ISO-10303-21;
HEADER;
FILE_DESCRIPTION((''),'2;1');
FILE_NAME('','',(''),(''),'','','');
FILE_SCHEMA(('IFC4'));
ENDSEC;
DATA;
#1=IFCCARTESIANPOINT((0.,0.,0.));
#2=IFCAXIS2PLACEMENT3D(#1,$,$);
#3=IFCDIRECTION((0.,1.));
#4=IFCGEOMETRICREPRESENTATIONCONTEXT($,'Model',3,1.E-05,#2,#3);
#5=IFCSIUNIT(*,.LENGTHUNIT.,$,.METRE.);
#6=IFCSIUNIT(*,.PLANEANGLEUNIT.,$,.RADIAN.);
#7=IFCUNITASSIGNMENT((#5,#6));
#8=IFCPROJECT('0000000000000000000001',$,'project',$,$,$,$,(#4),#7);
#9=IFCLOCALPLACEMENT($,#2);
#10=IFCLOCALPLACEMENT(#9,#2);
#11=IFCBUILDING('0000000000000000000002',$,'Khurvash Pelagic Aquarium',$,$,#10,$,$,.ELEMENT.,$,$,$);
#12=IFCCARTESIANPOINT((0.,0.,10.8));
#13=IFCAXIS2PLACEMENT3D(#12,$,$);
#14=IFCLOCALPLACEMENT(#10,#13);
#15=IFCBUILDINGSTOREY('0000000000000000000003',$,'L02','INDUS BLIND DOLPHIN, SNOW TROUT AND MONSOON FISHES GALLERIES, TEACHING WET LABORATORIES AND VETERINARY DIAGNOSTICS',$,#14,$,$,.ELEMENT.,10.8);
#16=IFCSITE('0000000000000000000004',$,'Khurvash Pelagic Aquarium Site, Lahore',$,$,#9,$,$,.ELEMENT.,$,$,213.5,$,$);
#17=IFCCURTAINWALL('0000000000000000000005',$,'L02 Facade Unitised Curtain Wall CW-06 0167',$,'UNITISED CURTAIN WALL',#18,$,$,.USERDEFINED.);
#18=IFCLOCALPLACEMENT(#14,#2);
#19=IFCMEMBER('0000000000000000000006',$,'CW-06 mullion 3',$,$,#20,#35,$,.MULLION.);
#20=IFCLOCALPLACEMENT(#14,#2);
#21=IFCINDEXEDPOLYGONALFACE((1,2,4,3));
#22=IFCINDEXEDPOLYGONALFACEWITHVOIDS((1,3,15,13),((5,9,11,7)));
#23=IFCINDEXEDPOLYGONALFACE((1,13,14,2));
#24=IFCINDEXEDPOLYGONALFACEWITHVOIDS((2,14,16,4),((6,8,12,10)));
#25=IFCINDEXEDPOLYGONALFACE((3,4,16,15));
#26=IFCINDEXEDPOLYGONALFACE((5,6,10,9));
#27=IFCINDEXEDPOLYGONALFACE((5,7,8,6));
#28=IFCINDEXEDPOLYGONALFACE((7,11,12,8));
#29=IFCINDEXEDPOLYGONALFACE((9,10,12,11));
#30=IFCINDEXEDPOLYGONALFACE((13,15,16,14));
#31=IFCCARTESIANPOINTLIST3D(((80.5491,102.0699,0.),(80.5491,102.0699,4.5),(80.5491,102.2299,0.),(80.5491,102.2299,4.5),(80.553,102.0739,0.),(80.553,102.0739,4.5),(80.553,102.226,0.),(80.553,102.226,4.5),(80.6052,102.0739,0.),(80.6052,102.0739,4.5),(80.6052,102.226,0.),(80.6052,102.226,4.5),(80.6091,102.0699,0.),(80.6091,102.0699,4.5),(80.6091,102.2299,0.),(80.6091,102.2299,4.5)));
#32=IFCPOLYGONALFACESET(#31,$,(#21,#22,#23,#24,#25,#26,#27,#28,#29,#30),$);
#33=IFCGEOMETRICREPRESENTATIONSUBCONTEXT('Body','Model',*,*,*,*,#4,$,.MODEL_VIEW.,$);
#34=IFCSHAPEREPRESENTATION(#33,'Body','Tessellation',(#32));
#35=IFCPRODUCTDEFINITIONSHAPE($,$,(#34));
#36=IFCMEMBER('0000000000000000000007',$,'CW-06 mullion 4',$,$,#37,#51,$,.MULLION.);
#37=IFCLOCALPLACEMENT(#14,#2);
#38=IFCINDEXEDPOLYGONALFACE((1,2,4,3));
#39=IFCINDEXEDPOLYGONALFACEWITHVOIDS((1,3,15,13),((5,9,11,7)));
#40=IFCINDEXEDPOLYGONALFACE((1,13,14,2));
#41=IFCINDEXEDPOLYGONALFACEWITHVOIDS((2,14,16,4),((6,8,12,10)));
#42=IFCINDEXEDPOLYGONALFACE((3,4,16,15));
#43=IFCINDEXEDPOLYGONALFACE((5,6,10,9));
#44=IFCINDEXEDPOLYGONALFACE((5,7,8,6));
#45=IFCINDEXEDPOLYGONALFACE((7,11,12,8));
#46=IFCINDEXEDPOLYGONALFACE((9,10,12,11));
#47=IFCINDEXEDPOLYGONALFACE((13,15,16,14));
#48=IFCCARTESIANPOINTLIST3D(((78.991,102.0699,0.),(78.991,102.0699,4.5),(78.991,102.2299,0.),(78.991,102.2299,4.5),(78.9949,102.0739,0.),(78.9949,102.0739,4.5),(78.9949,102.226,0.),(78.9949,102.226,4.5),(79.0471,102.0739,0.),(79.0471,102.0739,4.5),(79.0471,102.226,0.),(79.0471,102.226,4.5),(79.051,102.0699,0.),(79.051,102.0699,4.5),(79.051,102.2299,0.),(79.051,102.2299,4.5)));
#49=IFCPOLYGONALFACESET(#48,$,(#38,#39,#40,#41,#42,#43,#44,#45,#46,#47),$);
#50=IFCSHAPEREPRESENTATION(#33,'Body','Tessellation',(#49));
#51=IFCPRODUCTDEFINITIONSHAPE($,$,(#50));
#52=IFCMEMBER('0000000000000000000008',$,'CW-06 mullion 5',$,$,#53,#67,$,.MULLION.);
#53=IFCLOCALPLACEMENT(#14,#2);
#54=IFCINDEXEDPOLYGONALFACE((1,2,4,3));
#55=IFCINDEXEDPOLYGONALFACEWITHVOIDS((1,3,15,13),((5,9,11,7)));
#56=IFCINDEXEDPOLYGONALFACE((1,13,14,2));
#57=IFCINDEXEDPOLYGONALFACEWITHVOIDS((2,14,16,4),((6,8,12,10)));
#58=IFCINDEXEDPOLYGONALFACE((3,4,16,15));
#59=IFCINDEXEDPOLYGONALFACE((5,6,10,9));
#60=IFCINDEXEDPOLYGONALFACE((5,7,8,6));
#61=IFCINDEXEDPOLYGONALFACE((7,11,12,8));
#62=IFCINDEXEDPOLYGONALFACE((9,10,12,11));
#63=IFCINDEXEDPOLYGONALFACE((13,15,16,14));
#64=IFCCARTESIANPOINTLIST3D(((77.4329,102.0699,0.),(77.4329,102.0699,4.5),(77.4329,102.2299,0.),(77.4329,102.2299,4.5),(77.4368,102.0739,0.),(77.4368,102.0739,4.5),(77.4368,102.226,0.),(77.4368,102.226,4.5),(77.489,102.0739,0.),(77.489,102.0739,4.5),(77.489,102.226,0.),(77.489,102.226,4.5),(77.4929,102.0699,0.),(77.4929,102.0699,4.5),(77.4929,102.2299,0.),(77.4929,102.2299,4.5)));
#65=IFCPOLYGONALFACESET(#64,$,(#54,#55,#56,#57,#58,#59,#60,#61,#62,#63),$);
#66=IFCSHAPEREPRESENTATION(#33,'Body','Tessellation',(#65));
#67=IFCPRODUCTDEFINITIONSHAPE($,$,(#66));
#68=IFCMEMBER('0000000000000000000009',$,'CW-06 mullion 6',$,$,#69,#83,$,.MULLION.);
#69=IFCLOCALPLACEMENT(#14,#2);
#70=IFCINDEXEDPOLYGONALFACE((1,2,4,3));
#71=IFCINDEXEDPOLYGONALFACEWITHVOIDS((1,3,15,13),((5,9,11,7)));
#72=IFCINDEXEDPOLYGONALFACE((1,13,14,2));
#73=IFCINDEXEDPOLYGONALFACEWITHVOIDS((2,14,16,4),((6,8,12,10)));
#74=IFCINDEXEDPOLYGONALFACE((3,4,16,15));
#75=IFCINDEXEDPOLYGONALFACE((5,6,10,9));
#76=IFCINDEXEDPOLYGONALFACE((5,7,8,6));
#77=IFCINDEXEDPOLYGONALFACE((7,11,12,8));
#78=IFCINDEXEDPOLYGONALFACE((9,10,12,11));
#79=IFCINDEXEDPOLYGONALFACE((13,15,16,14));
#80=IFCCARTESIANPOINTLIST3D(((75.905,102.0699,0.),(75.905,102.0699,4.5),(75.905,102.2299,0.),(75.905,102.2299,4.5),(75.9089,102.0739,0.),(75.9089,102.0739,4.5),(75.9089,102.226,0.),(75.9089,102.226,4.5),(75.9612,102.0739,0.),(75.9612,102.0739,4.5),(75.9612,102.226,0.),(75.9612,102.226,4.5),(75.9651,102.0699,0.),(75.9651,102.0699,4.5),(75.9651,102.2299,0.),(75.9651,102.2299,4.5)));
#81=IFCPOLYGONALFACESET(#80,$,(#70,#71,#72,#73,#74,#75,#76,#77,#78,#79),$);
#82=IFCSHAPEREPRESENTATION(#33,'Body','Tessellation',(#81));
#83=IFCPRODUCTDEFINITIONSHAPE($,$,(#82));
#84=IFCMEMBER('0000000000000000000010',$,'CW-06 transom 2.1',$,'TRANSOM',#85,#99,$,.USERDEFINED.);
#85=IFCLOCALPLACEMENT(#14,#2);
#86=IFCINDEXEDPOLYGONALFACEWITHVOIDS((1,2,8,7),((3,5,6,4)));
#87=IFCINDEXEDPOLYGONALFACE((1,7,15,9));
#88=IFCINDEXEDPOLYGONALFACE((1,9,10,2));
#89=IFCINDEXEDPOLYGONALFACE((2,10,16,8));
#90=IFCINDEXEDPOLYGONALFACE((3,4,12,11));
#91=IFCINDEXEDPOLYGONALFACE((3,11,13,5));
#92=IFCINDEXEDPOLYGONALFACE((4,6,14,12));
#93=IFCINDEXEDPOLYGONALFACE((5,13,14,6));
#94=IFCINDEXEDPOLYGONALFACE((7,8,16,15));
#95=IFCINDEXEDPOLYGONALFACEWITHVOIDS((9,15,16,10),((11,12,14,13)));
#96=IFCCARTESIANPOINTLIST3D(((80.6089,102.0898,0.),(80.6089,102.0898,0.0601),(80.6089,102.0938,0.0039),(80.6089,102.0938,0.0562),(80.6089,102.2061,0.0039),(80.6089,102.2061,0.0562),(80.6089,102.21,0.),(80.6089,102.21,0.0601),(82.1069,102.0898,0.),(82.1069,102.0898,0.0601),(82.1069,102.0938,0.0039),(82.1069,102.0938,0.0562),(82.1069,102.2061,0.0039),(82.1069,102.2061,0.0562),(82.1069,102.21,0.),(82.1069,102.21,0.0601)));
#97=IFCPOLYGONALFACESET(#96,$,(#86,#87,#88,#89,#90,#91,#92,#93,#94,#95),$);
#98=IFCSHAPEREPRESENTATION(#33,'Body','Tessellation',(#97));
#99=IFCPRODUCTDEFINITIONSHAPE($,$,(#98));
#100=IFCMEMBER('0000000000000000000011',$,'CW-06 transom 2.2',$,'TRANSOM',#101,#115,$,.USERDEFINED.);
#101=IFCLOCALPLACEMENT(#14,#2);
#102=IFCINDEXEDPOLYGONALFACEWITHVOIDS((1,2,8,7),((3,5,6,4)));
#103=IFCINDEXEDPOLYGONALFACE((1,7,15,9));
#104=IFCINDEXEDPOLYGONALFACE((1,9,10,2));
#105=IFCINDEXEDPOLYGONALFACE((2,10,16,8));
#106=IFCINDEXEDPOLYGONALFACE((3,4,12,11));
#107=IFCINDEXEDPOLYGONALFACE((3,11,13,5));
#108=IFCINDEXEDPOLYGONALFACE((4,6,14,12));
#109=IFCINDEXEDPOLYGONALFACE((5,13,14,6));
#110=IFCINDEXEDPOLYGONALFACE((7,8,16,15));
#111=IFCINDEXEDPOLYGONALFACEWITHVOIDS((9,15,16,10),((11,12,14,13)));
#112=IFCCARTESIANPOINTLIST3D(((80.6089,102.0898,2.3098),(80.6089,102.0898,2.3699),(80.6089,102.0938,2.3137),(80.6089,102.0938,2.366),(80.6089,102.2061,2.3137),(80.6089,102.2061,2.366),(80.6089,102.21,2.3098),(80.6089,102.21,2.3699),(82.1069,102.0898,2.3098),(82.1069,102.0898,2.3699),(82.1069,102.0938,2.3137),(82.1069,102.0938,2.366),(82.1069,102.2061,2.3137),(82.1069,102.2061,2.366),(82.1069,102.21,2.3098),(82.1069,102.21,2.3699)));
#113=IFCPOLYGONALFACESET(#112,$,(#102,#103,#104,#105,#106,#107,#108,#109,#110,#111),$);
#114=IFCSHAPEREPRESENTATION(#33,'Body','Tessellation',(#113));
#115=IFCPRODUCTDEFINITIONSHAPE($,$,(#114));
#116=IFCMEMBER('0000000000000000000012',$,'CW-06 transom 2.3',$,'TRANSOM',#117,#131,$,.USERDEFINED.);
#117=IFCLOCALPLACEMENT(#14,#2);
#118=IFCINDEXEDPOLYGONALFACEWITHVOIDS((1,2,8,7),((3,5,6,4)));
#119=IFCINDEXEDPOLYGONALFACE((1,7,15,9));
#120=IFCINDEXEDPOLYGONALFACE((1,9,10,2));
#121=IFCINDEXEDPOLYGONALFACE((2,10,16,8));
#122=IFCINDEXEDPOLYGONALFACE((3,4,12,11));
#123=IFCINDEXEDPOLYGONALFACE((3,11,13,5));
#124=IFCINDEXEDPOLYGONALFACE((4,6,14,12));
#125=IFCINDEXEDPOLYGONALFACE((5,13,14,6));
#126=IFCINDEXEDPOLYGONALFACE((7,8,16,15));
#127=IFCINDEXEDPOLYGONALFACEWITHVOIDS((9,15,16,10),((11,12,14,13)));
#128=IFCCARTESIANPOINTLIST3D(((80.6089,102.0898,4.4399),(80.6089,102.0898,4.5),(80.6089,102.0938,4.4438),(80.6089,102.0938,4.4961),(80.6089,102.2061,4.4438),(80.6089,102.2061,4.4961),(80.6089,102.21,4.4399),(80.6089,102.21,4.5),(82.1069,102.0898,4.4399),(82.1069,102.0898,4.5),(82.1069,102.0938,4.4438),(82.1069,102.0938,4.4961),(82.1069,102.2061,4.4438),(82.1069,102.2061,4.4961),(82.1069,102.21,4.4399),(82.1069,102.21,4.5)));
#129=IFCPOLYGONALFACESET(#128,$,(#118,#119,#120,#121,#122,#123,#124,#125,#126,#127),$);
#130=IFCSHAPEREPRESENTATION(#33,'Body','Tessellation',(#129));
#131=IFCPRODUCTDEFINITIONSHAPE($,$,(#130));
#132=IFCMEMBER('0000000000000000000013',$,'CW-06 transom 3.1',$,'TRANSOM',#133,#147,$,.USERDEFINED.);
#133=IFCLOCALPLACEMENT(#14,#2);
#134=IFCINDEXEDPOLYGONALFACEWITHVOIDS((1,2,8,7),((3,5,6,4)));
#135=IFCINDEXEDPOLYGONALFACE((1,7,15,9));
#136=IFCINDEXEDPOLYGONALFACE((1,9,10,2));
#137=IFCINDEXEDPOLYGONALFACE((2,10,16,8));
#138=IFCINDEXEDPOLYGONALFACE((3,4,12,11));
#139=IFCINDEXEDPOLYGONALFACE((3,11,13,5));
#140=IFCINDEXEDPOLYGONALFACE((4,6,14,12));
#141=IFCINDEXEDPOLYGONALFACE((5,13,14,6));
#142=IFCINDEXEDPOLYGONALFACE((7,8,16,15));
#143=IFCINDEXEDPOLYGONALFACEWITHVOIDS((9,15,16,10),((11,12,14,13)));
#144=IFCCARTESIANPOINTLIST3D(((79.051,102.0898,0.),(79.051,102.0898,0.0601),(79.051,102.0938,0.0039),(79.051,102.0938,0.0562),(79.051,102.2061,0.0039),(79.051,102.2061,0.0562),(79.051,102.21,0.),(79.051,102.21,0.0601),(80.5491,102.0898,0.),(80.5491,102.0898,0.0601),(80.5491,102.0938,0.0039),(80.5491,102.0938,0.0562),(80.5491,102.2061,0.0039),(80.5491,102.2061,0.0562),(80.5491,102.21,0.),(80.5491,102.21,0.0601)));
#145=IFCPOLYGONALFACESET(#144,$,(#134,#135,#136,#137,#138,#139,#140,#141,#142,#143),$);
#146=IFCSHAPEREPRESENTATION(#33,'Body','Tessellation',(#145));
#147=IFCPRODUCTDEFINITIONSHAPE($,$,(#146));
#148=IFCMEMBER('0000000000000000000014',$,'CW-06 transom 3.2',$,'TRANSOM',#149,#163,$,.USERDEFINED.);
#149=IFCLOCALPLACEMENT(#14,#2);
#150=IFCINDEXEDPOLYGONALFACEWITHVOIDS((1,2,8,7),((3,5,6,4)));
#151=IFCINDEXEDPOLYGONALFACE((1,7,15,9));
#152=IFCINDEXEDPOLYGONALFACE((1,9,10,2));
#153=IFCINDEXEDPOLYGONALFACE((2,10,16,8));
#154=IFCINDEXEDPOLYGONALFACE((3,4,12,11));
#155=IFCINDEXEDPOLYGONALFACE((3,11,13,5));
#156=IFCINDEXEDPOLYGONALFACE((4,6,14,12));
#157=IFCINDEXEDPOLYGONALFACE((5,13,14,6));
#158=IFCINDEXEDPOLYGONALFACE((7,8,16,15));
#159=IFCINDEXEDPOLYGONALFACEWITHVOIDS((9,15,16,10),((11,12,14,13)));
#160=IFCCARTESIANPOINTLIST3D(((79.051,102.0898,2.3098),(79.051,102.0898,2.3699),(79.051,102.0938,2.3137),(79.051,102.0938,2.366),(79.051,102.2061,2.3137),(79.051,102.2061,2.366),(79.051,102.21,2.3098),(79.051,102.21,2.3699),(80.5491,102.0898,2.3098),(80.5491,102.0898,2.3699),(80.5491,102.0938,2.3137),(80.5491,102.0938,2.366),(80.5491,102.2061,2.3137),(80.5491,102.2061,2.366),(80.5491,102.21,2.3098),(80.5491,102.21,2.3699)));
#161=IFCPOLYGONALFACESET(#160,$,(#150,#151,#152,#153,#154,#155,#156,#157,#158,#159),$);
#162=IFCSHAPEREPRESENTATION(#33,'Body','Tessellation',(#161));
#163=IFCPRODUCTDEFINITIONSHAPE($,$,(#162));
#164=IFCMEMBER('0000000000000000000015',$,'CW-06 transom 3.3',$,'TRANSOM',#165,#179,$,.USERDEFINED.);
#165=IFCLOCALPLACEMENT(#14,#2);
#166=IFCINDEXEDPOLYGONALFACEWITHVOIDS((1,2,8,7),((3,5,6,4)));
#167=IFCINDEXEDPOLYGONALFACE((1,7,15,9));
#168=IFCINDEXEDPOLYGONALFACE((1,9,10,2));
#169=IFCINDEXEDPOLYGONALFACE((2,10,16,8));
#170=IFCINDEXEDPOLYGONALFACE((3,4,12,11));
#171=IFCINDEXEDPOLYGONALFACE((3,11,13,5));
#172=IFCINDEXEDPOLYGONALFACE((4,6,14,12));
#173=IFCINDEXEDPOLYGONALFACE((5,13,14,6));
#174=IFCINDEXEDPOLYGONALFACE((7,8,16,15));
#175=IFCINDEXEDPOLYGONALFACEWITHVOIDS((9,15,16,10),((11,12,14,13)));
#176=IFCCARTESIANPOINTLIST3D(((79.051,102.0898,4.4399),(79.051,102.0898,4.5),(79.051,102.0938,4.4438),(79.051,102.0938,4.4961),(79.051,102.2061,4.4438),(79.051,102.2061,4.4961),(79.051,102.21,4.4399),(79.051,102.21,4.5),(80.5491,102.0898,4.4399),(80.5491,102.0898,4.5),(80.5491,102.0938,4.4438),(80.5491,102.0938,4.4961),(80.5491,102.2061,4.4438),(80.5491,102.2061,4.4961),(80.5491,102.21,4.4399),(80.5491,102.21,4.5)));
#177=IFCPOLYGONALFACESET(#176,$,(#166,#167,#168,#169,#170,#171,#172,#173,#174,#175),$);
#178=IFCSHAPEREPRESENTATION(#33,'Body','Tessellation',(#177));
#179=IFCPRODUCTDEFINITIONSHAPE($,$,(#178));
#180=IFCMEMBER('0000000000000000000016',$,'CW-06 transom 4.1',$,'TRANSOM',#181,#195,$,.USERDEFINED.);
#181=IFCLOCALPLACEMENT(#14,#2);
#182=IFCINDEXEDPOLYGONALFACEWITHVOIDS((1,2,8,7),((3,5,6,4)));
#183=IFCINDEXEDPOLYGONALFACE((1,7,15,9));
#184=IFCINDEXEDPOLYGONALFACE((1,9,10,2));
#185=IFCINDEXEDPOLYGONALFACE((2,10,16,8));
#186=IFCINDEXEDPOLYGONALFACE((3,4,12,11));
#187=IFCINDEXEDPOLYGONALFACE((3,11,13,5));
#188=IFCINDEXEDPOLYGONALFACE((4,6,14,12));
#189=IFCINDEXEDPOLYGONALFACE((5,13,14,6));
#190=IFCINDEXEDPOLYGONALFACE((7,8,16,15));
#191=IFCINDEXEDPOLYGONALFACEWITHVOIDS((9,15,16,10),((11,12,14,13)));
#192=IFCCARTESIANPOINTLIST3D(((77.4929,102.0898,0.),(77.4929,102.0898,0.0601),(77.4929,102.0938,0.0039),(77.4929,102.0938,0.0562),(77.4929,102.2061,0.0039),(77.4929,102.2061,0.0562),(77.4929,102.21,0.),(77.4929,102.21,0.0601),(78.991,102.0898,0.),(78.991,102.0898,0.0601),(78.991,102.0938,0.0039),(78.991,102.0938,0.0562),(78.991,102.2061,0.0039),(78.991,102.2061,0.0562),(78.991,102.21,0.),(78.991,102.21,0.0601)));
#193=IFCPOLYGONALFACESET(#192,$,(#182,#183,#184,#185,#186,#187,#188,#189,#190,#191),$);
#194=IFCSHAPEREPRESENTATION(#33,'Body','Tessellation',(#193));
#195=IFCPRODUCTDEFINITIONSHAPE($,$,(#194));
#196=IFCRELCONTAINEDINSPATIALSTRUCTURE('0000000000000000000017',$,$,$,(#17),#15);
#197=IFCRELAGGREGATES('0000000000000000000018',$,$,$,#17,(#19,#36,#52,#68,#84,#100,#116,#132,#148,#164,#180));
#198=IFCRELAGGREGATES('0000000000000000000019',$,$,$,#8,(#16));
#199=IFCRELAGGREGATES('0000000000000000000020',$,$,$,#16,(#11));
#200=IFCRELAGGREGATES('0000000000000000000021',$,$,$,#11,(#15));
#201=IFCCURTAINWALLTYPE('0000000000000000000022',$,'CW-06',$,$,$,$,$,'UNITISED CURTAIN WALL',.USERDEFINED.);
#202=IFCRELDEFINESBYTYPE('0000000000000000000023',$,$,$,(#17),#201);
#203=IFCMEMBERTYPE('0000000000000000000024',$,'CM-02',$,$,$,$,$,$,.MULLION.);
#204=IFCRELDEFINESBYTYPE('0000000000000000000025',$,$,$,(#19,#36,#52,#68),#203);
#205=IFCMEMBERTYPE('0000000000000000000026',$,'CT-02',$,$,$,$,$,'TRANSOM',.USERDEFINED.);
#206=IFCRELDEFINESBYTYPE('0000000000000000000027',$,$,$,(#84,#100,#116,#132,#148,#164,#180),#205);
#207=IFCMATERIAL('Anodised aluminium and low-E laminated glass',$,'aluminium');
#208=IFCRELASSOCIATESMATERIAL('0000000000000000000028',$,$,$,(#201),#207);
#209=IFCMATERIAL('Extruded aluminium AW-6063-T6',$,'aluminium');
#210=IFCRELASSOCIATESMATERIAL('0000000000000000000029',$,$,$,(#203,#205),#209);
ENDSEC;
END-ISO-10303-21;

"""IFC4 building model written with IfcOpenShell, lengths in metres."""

from ifc_helpers import new_model, si_unit, direction, frame, origin, origin_2d, place, context, subcontext, project, spatial, hollow_rectangle, extrude, material, material_profile, profile_set, type_object, element, aggregate, save


model = new_model("IFC4")

# Units and contexts
model_context = context("Model", 3, precision=1e-05, world=origin(), true_north=direction((0.0, 1.0)))
body_context = subcontext(model_context, "Body", "Model", "MODEL_VIEW")
ifc_project = project(units=[si_unit("LENGTHUNIT", "METRE"), si_unit("PLANEANGLEUNIT", "RADIAN")], contexts=[model_context])

# Site, building, storey
site_placement = place(None, origin())
site = spatial("IfcSite", under=ifc_project, at=site_placement, Name="Khurvash Pelagic Aquarium Site, Lahore", CompositionType="ELEMENT", RefElevation=213.5)
building_placement = place(site_placement, origin())
building = spatial("IfcBuilding", under=site, at=building_placement, Name="Khurvash Pelagic Aquarium", CompositionType="ELEMENT")
storey_placement = place(building_placement, frame((0.0, 0.0, 10.8)))
storey = spatial("IfcBuildingStorey", under=building, at=storey_placement, Name="L02", Description="INDUS BLIND DOLPHIN, SNOW TROUT AND MONSOON FISHES GALLERIES, TEACHING WET LABORATORIES AND VETERINARY DIAGNOSTICS", CompositionType="ELEMENT", Elevation=10.8)

# Curtain wall, members
ifc_material_1 = material(Name="Anodised aluminium and low-E laminated glass", Category="aluminium")
curtain_wall_type = type_object("IfcCurtainWallType", Name="CW-06", ElementType="UNITISED CURTAIN WALL", PredefinedType="USERDEFINED", material=ifc_material_1)
curtain_wall_placement = place(storey_placement, origin())
curtain_wall = element("IfcCurtainWall", 1, at=curtain_wall_placement, inside=storey, type_object=curtain_wall_type, Name="L02 Facade Unitised Curtain Wall CW-06 0167", ObjectType="UNITISED CURTAIN WALL", PredefinedType="USERDEFINED")
ifc_material_2 = material(Name="Extruded aluminium AW-6063-T6", Category="aluminium")
ifc_material_profile_1 = material_profile(ifc_material_2, hollow_rectangle(XDim=0.0601, YDim=0.1599, WallThickness=0.0039, at=origin_2d()), Name="CWM60X160X4")
ifc_profile_set_1 = profile_set([ifc_material_profile_1], Name="Extruded aluminium AW-6063-T6")
member_type_1 = type_object("IfcMemberType", Name="CM-02", PredefinedType="MULLION", material=ifc_profile_set_1)
member_1_placement = place(storey_placement, frame((80.5791, 102.1499, 0.0), z_axis=(0.0, 0.0, 1.0), x_axis=(-1.0, 0.0, 0.0)))
member_1 = element("IfcMember", 2, at=member_1_placement, type_object=member_type_1, Name="CW-06 mullion 3", PredefinedType="MULLION", context=body_context, shape_type="SweptSolid", body=[
    extrude(hollow_rectangle(XDim=0.0601, YDim=0.1599, WallThickness=0.0039, at=origin_2d()), origin(), (0.0, 0.0, 1.0), 4.5),
])
member_2_placement = place(storey_placement, frame((79.021, 102.1499, 0.0), z_axis=(0.0, 0.0, 1.0), x_axis=(-1.0, 0.0, 0.0)))
member_2 = element("IfcMember", 3, at=member_2_placement, type_object=member_type_1, Name="CW-06 mullion 4", PredefinedType="MULLION", context=body_context, shape_type="SweptSolid", body=[
    extrude(hollow_rectangle(XDim=0.0601, YDim=0.1599, WallThickness=0.0039, at=origin_2d()), origin(), (0.0, 0.0, 1.0), 4.5),
])
member_3_placement = place(storey_placement, frame((77.4629, 102.1499, 0.0), z_axis=(0.0, 0.0, 1.0), x_axis=(-1.0, 0.0, 0.0)))
member_3 = element("IfcMember", 4, at=member_3_placement, type_object=member_type_1, Name="CW-06 mullion 5", PredefinedType="MULLION", context=body_context, shape_type="SweptSolid", body=[
    extrude(hollow_rectangle(XDim=0.0601, YDim=0.1599, WallThickness=0.0039, at=origin_2d()), origin(), (0.0, 0.0, 1.0), 4.5),
])
member_4_placement = place(storey_placement, frame((75.9351, 102.1499, 0.0), z_axis=(0.0, 0.0, 1.0), x_axis=(-1.0, 0.0, 0.0)))
member_4 = element("IfcMember", 5, at=member_4_placement, type_object=member_type_1, Name="CW-06 mullion 6", PredefinedType="MULLION", context=body_context, shape_type="SweptSolid", body=[
    extrude(hollow_rectangle(XDim=0.0601, YDim=0.1599, WallThickness=0.0039, at=origin_2d()), origin(), (0.0, 0.0, 1.0), 4.5),
])
ifc_material_profile_2 = material_profile(ifc_material_2, hollow_rectangle(XDim=0.1201, YDim=0.0601, WallThickness=0.0039, at=origin_2d()), Name="CWT120X60X4")
ifc_profile_set_2 = profile_set([ifc_material_profile_2], Name="Extruded aluminium AW-6063-T6")
member_type_2 = type_object("IfcMemberType", Name="CT-02", ElementType="TRANSOM", PredefinedType="USERDEFINED", material=ifc_profile_set_2)
member_5_placement = place(storey_placement, frame((82.1069, 102.1499, 0.03), z_axis=(-1.0, 0.0, 0.0), x_axis=(0.0, -1.0, 0.0)))
member_5 = element("IfcMember", 6, at=member_5_placement, type_object=member_type_2, Name="CW-06 transom 2.1", ObjectType="TRANSOM", PredefinedType="USERDEFINED", context=body_context, shape_type="SweptSolid", body=[
    extrude(hollow_rectangle(XDim=0.1201, YDim=0.0601, WallThickness=0.0039, at=origin_2d()), origin(), (0.0, 0.0, 1.0), 1.498),
])
member_6_placement = place(storey_placement, frame((82.1069, 102.1499, 2.3398), z_axis=(-1.0, 0.0, 0.0), x_axis=(0.0, -1.0, 0.0)))
member_6 = element("IfcMember", 7, at=member_6_placement, type_object=member_type_2, Name="CW-06 transom 2.2", ObjectType="TRANSOM", PredefinedType="USERDEFINED", context=body_context, shape_type="SweptSolid", body=[
    extrude(hollow_rectangle(XDim=0.1201, YDim=0.0601, WallThickness=0.0039, at=origin_2d()), origin(), (0.0, 0.0, 1.0), 1.498),
])
member_7_placement = place(storey_placement, frame((82.1069, 102.1499, 4.47), z_axis=(-1.0, 0.0, 0.0), x_axis=(0.0, -1.0, 0.0)))
member_7 = element("IfcMember", 8, at=member_7_placement, type_object=member_type_2, Name="CW-06 transom 2.3", ObjectType="TRANSOM", PredefinedType="USERDEFINED", context=body_context, shape_type="SweptSolid", body=[
    extrude(hollow_rectangle(XDim=0.1201, YDim=0.0601, WallThickness=0.0039, at=origin_2d()), origin(), (0.0, 0.0, 1.0), 1.498),
])
member_8_placement = place(storey_placement, frame((80.5491, 102.1499, 0.03), z_axis=(-1.0, 0.0, 0.0), x_axis=(0.0, -1.0, 0.0)))
member_8 = element("IfcMember", 9, at=member_8_placement, type_object=member_type_2, Name="CW-06 transom 3.1", ObjectType="TRANSOM", PredefinedType="USERDEFINED", context=body_context, shape_type="SweptSolid", body=[
    extrude(hollow_rectangle(XDim=0.1201, YDim=0.0601, WallThickness=0.0039, at=origin_2d()), origin(), (0.0, 0.0, 1.0), 1.498),
])
member_9_placement = place(storey_placement, frame((80.5491, 102.1499, 2.3398), z_axis=(-1.0, 0.0, 0.0), x_axis=(0.0, -1.0, 0.0)))
member_9 = element("IfcMember", 10, at=member_9_placement, type_object=member_type_2, Name="CW-06 transom 3.2", ObjectType="TRANSOM", PredefinedType="USERDEFINED", context=body_context, shape_type="SweptSolid", body=[
    extrude(hollow_rectangle(XDim=0.1201, YDim=0.0601, WallThickness=0.0039, at=origin_2d()), origin(), (0.0, 0.0, 1.0), 1.498),
])
member_10_placement = place(storey_placement, frame((80.5491, 102.1499, 4.47), z_axis=(-1.0, 0.0, 0.0), x_axis=(0.0, -1.0, 0.0)))
member_10 = element("IfcMember", 11, at=member_10_placement, type_object=member_type_2, Name="CW-06 transom 3.3", ObjectType="TRANSOM", PredefinedType="USERDEFINED", context=body_context, shape_type="SweptSolid", body=[
    extrude(hollow_rectangle(XDim=0.1201, YDim=0.0601, WallThickness=0.0039, at=origin_2d()), origin(), (0.0, 0.0, 1.0), 1.498),
])
member_11_placement = place(storey_placement, frame((78.991, 102.1499, 0.03), z_axis=(-1.0, 0.0, 0.0), x_axis=(0.0, -1.0, 0.0)))
member_11 = element("IfcMember", 12, at=member_11_placement, type_object=member_type_2, Name="CW-06 transom 4.1", ObjectType="TRANSOM", PredefinedType="USERDEFINED", context=body_context, shape_type="SweptSolid", body=[
    extrude(hollow_rectangle(XDim=0.1201, YDim=0.0601, WallThickness=0.0039, at=origin_2d()), origin(), (0.0, 0.0, 1.0), 1.498),
])

aggregate(curtain_wall, [member_1, member_2, member_3, member_4, member_5, member_6, member_7, member_8, member_9, member_10, member_11])

save(model, "model.ifc")
